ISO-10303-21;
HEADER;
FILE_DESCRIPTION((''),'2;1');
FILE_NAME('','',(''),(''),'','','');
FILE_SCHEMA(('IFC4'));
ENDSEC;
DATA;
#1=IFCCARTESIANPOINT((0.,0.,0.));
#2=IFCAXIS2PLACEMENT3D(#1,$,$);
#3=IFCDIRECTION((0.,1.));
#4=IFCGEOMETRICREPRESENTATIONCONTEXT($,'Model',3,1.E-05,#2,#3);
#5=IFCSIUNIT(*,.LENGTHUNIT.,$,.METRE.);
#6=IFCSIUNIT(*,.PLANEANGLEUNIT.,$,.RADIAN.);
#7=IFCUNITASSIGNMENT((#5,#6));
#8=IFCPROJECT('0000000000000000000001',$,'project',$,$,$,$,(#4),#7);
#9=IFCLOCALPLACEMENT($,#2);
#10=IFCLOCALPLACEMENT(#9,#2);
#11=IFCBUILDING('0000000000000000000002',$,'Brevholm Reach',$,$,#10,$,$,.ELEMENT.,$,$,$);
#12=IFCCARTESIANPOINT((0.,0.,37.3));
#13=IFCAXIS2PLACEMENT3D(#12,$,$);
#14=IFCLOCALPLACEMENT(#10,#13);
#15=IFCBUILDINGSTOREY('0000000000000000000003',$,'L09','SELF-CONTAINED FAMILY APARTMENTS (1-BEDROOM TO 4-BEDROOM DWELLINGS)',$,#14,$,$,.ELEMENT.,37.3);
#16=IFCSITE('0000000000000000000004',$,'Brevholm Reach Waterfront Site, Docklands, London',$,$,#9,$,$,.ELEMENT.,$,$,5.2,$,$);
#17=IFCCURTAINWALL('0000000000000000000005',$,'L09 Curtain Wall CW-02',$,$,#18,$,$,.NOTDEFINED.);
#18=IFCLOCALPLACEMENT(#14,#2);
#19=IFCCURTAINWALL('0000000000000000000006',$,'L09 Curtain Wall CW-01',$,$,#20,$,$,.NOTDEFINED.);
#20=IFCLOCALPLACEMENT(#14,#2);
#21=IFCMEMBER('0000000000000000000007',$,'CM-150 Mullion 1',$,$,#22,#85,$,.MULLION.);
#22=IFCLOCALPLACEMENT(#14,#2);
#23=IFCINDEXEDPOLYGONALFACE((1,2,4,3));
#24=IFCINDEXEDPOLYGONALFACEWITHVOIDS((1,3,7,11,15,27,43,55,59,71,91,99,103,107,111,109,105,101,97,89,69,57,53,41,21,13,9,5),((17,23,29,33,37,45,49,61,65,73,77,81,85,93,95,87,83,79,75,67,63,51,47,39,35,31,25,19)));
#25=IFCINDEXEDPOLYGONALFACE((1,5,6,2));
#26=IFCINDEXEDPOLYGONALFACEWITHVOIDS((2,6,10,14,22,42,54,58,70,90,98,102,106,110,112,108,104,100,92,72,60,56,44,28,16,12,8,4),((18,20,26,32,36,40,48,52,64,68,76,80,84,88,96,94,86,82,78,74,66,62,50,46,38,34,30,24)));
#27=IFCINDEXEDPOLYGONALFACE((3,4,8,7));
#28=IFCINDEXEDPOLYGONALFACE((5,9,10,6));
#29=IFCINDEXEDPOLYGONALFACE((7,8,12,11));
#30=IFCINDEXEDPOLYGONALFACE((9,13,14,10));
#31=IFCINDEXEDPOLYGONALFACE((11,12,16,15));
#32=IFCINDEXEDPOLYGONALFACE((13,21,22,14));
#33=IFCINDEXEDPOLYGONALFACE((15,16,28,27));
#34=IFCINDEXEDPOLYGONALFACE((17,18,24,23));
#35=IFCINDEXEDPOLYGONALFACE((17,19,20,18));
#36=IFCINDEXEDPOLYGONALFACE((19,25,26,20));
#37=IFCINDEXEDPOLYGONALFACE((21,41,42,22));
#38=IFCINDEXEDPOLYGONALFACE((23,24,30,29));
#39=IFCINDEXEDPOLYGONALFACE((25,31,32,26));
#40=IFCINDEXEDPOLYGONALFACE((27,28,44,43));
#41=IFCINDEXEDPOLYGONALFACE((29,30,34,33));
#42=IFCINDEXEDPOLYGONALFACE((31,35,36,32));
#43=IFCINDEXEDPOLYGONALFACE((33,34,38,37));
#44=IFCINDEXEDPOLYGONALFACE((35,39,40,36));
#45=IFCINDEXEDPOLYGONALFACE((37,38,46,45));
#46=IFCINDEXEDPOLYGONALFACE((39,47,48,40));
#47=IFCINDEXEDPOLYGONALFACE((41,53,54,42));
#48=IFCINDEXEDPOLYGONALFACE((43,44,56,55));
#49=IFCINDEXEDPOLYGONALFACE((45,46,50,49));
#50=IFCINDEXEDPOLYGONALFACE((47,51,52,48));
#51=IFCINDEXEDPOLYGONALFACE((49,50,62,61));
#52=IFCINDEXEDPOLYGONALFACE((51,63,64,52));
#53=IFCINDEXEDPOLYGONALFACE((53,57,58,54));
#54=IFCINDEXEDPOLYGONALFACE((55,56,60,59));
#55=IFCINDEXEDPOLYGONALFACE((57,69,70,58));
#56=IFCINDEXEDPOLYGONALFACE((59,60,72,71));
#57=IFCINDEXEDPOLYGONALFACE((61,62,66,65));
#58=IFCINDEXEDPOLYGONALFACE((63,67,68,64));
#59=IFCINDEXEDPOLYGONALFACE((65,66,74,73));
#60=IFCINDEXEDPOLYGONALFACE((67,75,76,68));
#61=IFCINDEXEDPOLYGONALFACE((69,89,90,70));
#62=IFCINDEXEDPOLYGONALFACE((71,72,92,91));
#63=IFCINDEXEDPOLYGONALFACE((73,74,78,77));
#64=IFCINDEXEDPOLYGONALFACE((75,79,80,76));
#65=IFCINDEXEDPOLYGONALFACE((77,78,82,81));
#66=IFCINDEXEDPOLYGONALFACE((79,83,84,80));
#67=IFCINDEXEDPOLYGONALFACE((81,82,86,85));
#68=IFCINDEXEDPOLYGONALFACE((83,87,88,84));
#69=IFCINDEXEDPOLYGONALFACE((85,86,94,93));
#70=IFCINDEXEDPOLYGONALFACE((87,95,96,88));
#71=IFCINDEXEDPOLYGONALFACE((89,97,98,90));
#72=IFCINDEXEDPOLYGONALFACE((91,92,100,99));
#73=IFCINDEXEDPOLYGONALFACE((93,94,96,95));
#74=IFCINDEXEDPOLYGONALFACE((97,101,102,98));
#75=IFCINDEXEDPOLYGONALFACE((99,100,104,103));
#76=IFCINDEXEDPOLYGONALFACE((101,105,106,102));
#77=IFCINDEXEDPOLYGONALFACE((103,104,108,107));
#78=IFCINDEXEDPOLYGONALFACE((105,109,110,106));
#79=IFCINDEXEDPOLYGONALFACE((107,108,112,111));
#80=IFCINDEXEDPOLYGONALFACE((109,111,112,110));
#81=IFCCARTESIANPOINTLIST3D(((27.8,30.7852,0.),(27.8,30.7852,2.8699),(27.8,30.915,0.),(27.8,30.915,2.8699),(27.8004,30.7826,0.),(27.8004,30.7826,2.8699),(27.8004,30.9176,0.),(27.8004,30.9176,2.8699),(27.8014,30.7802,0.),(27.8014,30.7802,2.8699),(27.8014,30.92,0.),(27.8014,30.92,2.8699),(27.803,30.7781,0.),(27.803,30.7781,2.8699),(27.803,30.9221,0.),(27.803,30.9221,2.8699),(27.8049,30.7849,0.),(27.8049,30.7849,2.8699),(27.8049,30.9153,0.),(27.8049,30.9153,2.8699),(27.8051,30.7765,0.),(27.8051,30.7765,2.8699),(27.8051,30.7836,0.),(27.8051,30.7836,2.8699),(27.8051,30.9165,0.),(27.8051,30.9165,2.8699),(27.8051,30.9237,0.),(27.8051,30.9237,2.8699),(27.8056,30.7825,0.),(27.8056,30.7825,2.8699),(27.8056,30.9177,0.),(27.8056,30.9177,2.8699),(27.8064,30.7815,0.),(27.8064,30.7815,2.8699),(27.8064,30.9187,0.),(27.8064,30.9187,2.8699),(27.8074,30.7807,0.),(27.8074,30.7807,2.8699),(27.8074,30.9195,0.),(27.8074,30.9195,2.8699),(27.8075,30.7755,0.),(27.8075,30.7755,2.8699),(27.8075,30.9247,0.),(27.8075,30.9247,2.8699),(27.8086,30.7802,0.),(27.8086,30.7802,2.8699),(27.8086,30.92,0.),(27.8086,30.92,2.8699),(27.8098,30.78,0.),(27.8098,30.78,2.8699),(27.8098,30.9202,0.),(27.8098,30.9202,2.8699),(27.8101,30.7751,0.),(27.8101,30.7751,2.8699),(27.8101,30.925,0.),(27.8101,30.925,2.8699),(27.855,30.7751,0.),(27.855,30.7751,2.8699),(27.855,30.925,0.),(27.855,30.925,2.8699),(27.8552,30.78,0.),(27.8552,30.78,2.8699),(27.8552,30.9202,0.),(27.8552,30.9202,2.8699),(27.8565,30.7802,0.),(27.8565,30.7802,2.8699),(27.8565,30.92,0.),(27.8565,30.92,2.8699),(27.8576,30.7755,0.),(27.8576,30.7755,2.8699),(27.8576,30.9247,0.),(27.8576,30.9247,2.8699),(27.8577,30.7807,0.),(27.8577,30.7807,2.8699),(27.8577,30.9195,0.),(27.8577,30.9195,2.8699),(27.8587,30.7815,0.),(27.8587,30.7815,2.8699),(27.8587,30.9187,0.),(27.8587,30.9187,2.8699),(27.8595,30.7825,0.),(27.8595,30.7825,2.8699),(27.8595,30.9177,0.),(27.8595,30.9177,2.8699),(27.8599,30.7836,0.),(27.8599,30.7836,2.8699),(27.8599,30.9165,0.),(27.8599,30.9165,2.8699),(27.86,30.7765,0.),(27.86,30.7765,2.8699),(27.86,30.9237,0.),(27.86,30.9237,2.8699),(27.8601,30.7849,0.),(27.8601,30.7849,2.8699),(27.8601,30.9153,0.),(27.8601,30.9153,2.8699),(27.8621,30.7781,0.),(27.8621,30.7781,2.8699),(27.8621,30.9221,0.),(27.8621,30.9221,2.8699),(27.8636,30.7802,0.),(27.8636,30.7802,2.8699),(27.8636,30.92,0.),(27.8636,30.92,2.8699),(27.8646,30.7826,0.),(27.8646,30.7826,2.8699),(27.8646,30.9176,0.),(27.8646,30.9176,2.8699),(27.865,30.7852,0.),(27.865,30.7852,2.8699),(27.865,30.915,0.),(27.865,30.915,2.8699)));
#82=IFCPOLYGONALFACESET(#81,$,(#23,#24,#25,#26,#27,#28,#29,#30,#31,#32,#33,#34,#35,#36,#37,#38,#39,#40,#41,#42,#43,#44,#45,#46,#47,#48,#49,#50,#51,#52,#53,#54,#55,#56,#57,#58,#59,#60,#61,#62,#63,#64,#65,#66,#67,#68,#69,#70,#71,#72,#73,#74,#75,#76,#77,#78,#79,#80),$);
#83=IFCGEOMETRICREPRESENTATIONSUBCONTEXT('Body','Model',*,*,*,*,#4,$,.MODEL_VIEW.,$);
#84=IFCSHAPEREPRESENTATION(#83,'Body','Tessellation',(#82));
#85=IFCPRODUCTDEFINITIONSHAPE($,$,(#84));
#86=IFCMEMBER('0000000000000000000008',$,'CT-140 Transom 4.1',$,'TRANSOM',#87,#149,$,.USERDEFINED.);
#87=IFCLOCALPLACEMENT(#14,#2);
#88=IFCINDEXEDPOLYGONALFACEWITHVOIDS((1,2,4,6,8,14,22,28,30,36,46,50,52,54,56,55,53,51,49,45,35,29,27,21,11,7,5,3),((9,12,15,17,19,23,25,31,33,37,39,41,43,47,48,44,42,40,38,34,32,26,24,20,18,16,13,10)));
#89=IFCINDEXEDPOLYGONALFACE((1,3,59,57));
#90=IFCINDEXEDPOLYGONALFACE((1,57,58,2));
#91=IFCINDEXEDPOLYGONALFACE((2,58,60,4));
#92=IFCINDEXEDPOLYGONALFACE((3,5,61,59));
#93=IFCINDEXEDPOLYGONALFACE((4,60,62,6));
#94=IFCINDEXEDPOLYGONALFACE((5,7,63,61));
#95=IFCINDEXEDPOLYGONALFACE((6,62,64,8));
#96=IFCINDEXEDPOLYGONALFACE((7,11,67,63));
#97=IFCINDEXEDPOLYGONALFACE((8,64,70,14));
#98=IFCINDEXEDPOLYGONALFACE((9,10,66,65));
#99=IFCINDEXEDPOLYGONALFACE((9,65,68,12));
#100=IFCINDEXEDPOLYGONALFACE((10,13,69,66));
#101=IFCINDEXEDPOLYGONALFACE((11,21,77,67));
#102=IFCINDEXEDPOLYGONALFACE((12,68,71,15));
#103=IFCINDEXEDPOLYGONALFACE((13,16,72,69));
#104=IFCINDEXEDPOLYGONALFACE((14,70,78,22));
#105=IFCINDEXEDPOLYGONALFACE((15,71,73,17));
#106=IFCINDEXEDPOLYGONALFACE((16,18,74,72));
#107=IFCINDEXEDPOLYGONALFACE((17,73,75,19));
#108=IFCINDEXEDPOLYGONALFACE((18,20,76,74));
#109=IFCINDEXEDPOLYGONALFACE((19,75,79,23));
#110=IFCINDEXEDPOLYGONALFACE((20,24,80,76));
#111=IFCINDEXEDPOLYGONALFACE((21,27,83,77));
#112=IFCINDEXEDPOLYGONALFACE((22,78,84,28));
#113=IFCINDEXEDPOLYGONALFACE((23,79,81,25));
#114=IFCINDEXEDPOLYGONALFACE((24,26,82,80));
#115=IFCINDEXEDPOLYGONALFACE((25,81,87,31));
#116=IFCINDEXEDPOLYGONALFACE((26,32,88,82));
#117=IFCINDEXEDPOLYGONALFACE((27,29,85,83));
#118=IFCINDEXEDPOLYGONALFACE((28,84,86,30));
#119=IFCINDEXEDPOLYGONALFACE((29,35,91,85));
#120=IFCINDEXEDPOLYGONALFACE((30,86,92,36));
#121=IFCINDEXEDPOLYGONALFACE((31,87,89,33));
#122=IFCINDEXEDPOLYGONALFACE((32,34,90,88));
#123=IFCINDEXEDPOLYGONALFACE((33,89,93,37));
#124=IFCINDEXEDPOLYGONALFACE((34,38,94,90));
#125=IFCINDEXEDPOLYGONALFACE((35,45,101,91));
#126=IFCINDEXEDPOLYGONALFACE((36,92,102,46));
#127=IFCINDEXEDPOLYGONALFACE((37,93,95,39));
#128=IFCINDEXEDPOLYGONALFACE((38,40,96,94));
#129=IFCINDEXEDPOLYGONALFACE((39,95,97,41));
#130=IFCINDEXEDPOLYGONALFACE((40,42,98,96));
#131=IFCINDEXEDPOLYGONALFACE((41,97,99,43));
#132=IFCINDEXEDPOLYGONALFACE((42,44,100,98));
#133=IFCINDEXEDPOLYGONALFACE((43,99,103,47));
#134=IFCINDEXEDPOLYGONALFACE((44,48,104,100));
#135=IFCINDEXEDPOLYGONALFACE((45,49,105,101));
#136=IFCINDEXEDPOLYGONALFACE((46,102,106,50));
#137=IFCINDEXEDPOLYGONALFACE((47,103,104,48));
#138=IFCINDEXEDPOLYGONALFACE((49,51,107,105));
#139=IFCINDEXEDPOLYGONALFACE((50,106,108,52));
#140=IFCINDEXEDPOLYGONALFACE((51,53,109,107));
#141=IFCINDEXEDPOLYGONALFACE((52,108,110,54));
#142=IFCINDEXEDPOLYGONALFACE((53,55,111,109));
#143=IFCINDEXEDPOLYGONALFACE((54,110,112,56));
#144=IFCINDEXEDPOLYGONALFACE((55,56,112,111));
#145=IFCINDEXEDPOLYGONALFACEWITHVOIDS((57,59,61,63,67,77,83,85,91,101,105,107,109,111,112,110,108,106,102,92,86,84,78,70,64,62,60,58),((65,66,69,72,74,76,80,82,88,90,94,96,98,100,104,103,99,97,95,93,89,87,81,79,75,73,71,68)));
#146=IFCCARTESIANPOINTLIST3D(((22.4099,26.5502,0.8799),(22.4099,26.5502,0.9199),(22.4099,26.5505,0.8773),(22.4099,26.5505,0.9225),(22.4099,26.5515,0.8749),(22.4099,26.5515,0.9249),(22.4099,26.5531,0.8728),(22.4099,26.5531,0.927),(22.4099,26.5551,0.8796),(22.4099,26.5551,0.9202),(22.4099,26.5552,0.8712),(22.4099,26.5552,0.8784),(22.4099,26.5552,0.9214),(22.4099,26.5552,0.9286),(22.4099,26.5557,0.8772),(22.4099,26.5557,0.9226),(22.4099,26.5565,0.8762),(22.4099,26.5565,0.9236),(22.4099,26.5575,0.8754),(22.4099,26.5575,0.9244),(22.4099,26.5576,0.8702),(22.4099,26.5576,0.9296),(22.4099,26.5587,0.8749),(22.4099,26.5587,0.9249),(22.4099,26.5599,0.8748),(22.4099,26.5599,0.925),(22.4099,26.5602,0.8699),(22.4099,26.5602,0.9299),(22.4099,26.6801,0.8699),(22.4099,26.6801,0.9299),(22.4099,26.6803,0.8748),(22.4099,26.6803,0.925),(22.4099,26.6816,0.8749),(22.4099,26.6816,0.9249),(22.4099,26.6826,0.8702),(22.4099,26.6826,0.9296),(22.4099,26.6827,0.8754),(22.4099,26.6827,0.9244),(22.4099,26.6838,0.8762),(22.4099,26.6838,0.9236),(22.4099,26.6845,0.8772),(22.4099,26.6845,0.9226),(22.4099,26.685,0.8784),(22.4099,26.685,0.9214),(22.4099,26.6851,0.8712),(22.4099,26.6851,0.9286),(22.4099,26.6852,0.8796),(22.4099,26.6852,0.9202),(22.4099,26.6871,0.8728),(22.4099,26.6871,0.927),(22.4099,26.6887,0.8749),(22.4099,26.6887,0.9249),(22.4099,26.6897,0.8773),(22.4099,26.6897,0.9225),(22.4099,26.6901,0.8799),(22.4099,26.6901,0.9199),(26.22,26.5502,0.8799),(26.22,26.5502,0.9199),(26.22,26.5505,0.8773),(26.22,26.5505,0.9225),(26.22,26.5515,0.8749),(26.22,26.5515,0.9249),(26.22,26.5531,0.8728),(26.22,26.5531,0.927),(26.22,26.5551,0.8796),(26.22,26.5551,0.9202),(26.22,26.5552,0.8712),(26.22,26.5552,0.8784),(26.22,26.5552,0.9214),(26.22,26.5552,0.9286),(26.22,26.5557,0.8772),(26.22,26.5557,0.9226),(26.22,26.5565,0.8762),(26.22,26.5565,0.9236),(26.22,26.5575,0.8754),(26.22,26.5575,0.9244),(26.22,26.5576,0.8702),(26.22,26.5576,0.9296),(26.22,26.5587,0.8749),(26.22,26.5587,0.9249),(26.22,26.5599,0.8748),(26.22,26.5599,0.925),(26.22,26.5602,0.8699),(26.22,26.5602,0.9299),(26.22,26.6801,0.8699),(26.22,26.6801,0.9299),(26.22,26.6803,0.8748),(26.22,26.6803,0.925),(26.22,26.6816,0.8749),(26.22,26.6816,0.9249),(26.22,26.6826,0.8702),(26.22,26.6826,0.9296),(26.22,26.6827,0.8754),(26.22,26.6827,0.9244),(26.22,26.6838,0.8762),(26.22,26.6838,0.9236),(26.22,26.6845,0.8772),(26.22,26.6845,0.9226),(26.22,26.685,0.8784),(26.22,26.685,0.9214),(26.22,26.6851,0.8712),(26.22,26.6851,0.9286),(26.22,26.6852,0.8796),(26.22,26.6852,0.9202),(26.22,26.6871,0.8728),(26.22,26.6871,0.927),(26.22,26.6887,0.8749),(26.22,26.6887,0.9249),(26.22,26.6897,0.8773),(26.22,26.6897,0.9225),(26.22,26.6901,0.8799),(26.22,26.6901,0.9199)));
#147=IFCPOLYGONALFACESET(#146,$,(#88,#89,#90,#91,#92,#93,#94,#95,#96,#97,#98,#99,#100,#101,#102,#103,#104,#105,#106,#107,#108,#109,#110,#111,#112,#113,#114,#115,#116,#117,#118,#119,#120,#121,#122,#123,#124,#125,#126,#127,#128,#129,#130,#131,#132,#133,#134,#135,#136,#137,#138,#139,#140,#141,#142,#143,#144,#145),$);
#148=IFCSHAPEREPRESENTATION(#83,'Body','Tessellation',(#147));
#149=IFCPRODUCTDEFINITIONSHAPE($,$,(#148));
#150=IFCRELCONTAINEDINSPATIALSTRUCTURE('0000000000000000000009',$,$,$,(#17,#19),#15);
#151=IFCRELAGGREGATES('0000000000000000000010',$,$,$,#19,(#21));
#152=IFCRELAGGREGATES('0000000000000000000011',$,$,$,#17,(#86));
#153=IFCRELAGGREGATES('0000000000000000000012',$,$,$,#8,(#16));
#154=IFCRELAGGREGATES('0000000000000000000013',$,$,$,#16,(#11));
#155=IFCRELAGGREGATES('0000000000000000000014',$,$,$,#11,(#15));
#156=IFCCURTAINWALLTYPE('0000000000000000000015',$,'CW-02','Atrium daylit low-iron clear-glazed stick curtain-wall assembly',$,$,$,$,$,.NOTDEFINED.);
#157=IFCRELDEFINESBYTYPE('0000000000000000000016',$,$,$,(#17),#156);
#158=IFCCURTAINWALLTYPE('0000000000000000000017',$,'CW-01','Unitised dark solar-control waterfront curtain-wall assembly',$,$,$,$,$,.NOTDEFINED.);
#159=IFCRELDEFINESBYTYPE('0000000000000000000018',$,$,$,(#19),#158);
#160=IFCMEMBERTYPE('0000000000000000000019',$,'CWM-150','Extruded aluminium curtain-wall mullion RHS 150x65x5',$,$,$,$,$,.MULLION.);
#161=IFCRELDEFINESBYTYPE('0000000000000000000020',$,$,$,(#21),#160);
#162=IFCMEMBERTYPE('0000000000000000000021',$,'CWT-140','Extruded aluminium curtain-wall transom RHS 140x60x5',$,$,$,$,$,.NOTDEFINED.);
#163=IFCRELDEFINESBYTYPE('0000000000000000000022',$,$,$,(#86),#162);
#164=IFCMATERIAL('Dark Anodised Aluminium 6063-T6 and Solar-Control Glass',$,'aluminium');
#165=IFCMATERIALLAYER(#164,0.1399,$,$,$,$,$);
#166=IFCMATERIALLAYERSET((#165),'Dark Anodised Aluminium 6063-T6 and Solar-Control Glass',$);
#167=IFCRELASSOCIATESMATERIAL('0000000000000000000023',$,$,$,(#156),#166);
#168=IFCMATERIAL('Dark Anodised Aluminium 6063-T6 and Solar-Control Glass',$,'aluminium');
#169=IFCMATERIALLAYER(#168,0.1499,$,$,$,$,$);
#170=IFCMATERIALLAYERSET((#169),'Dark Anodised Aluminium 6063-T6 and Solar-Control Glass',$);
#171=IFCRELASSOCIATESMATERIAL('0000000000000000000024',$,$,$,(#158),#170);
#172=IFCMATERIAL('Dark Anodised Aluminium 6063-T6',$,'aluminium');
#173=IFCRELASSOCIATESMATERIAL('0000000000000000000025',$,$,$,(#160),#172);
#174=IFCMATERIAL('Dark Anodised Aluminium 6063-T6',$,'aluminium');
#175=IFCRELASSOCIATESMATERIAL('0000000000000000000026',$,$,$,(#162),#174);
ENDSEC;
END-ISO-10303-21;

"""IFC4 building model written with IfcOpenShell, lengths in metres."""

from ifc_helpers import new_model, si_unit, direction, frame, origin, origin_2d, place, context, subcontext, project, spatial, hollow_rectangle, extrude, material, layer, layer_set, material_profile, profile_set, type_object, element, aggregate, save


model = new_model("IFC4")

# Units and contexts
model_context = context("Model", 3, precision=1e-05, world=origin(), true_north=direction((0.0, 1.0)))
body_context = subcontext(model_context, "Body", "Model", "MODEL_VIEW")
ifc_project = project(units=[si_unit("LENGTHUNIT", "METRE"), si_unit("PLANEANGLEUNIT", "RADIAN")], contexts=[model_context])

# Site, building, storey
site_placement = place(None, origin())
site = spatial("IfcSite", under=ifc_project, at=site_placement, Name="Brevholm Reach Waterfront Site, Docklands, London", CompositionType="ELEMENT", RefElevation=5.2)
building_placement = place(site_placement, origin())
building = spatial("IfcBuilding", under=site, at=building_placement, Name="Brevholm Reach", CompositionType="ELEMENT")
storey_placement = place(building_placement, frame((0.0, 0.0, 37.3)))
storey = spatial("IfcBuildingStorey", under=building, at=storey_placement, Name="L09", Description="SELF-CONTAINED FAMILY APARTMENTS (1-BEDROOM TO 4-BEDROOM DWELLINGS)", CompositionType="ELEMENT", Elevation=37.3)

# Curtain wall
ifc_material_1 = material(Name="Dark Anodised Aluminium 6063-T6 and Solar-Control Glass", Category="aluminium")
ifc_layer_1 = layer(ifc_material_1, 0.1399)
ifc_layer_set_1 = layer_set([ifc_layer_1], Name="Dark Anodised Aluminium 6063-T6 and Solar-Control Glass")
curtain_wall_type_1 = type_object("IfcCurtainWallType", Name="CW-02", Description="Atrium daylit low-iron clear-glazed stick curtain-wall assembly", PredefinedType="NOTDEFINED", material=ifc_layer_set_1)
curtain_wall_1_placement = place(storey_placement, origin())
curtain_wall_1 = element("IfcCurtainWall", 1, at=curtain_wall_1_placement, inside=storey, type_object=curtain_wall_type_1, Name="L09 Curtain Wall CW-02", PredefinedType="NOTDEFINED")

# Curtain wall, member
ifc_material_2 = material(Name="Dark Anodised Aluminium 6063-T6 and Solar-Control Glass", Category="aluminium")
ifc_layer_2 = layer(ifc_material_2, 0.1499)
ifc_layer_set_2 = layer_set([ifc_layer_2], Name="Dark Anodised Aluminium 6063-T6 and Solar-Control Glass")
curtain_wall_type_2 = type_object("IfcCurtainWallType", Name="CW-01", Description="Unitised dark solar-control waterfront curtain-wall assembly", PredefinedType="NOTDEFINED", material=ifc_layer_set_2)
curtain_wall_2_placement = place(storey_placement, origin())
curtain_wall_2 = element("IfcCurtainWall", 2, at=curtain_wall_2_placement, inside=storey, type_object=curtain_wall_type_2, Name="L09 Curtain Wall CW-01", PredefinedType="NOTDEFINED")
ifc_material_3 = material(Name="Dark Anodised Aluminium 6063-T6", Category="aluminium")
ifc_material_profile_1 = material_profile(ifc_material_3, hollow_rectangle(XDim=0.0649, YDim=0.1499, WallThickness=0.0049, InnerFilletRadius=0.0049, OuterFilletRadius=0.01, at=origin_2d()), Name="RHS 150x65x5")
ifc_profile_set_1 = profile_set([ifc_material_profile_1], Name="Dark Anodised Aluminium 6063-T6")
member_type_1 = type_object("IfcMemberType", Name="CWM-150", Description="Extruded aluminium curtain-wall mullion RHS 150x65x5", PredefinedType="MULLION", material=ifc_profile_set_1)
member_1_placement = place(storey_placement, frame((27.8325, 30.8501, 0.0), z_axis=(0.0, 0.0, 1.0), x_axis=(1.0, 0.0, 0.0)))
member_1 = element("IfcMember", 3, at=member_1_placement, type_object=member_type_1, Name="CM-150 Mullion 1", PredefinedType="MULLION", context=body_context, shape_type="SweptSolid", body=[
    extrude(hollow_rectangle(XDim=0.0649, YDim=0.1499, WallThickness=0.0049, InnerFilletRadius=0.0049, OuterFilletRadius=0.01, at=origin_2d()), origin(), (0.0, 0.0, 1.0), 2.8699),
])

# Member
ifc_material_4 = material(Name="Dark Anodised Aluminium 6063-T6", Category="aluminium")
ifc_material_profile_2 = material_profile(ifc_material_4, hollow_rectangle(XDim=0.0601, YDim=0.1399, WallThickness=0.0049, InnerFilletRadius=0.0049, OuterFilletRadius=0.01, at=origin_2d()), Name="RHS 140x60x5")
ifc_profile_set_2 = profile_set([ifc_material_profile_2], Name="Dark Anodised Aluminium 6063-T6")
member_type_2 = type_object("IfcMemberType", Name="CWT-140", Description="Extruded aluminium curtain-wall transom RHS 140x60x5", PredefinedType="NOTDEFINED", material=ifc_profile_set_2)
member_2_placement = place(storey_placement, frame((26.22, 26.6201, 0.8999), z_axis=(-1.0, 0.0, 0.0), x_axis=(0.0, 0.0, 1.0)))
member_2 = element("IfcMember", 4, at=member_2_placement, type_object=member_type_2, Name="CT-140 Transom 4.1", ObjectType="TRANSOM", PredefinedType="USERDEFINED", context=body_context, shape_type="SweptSolid", body=[
    extrude(hollow_rectangle(XDim=0.0601, YDim=0.1399, WallThickness=0.0049, InnerFilletRadius=0.0049, OuterFilletRadius=0.01, at=origin_2d()), origin(), (0.0, 0.0, 1.0), 3.8101),
])
aggregate(curtain_wall_2, [member_1])

aggregate(curtain_wall_1, [member_2])

save(model, "model.ifc")
